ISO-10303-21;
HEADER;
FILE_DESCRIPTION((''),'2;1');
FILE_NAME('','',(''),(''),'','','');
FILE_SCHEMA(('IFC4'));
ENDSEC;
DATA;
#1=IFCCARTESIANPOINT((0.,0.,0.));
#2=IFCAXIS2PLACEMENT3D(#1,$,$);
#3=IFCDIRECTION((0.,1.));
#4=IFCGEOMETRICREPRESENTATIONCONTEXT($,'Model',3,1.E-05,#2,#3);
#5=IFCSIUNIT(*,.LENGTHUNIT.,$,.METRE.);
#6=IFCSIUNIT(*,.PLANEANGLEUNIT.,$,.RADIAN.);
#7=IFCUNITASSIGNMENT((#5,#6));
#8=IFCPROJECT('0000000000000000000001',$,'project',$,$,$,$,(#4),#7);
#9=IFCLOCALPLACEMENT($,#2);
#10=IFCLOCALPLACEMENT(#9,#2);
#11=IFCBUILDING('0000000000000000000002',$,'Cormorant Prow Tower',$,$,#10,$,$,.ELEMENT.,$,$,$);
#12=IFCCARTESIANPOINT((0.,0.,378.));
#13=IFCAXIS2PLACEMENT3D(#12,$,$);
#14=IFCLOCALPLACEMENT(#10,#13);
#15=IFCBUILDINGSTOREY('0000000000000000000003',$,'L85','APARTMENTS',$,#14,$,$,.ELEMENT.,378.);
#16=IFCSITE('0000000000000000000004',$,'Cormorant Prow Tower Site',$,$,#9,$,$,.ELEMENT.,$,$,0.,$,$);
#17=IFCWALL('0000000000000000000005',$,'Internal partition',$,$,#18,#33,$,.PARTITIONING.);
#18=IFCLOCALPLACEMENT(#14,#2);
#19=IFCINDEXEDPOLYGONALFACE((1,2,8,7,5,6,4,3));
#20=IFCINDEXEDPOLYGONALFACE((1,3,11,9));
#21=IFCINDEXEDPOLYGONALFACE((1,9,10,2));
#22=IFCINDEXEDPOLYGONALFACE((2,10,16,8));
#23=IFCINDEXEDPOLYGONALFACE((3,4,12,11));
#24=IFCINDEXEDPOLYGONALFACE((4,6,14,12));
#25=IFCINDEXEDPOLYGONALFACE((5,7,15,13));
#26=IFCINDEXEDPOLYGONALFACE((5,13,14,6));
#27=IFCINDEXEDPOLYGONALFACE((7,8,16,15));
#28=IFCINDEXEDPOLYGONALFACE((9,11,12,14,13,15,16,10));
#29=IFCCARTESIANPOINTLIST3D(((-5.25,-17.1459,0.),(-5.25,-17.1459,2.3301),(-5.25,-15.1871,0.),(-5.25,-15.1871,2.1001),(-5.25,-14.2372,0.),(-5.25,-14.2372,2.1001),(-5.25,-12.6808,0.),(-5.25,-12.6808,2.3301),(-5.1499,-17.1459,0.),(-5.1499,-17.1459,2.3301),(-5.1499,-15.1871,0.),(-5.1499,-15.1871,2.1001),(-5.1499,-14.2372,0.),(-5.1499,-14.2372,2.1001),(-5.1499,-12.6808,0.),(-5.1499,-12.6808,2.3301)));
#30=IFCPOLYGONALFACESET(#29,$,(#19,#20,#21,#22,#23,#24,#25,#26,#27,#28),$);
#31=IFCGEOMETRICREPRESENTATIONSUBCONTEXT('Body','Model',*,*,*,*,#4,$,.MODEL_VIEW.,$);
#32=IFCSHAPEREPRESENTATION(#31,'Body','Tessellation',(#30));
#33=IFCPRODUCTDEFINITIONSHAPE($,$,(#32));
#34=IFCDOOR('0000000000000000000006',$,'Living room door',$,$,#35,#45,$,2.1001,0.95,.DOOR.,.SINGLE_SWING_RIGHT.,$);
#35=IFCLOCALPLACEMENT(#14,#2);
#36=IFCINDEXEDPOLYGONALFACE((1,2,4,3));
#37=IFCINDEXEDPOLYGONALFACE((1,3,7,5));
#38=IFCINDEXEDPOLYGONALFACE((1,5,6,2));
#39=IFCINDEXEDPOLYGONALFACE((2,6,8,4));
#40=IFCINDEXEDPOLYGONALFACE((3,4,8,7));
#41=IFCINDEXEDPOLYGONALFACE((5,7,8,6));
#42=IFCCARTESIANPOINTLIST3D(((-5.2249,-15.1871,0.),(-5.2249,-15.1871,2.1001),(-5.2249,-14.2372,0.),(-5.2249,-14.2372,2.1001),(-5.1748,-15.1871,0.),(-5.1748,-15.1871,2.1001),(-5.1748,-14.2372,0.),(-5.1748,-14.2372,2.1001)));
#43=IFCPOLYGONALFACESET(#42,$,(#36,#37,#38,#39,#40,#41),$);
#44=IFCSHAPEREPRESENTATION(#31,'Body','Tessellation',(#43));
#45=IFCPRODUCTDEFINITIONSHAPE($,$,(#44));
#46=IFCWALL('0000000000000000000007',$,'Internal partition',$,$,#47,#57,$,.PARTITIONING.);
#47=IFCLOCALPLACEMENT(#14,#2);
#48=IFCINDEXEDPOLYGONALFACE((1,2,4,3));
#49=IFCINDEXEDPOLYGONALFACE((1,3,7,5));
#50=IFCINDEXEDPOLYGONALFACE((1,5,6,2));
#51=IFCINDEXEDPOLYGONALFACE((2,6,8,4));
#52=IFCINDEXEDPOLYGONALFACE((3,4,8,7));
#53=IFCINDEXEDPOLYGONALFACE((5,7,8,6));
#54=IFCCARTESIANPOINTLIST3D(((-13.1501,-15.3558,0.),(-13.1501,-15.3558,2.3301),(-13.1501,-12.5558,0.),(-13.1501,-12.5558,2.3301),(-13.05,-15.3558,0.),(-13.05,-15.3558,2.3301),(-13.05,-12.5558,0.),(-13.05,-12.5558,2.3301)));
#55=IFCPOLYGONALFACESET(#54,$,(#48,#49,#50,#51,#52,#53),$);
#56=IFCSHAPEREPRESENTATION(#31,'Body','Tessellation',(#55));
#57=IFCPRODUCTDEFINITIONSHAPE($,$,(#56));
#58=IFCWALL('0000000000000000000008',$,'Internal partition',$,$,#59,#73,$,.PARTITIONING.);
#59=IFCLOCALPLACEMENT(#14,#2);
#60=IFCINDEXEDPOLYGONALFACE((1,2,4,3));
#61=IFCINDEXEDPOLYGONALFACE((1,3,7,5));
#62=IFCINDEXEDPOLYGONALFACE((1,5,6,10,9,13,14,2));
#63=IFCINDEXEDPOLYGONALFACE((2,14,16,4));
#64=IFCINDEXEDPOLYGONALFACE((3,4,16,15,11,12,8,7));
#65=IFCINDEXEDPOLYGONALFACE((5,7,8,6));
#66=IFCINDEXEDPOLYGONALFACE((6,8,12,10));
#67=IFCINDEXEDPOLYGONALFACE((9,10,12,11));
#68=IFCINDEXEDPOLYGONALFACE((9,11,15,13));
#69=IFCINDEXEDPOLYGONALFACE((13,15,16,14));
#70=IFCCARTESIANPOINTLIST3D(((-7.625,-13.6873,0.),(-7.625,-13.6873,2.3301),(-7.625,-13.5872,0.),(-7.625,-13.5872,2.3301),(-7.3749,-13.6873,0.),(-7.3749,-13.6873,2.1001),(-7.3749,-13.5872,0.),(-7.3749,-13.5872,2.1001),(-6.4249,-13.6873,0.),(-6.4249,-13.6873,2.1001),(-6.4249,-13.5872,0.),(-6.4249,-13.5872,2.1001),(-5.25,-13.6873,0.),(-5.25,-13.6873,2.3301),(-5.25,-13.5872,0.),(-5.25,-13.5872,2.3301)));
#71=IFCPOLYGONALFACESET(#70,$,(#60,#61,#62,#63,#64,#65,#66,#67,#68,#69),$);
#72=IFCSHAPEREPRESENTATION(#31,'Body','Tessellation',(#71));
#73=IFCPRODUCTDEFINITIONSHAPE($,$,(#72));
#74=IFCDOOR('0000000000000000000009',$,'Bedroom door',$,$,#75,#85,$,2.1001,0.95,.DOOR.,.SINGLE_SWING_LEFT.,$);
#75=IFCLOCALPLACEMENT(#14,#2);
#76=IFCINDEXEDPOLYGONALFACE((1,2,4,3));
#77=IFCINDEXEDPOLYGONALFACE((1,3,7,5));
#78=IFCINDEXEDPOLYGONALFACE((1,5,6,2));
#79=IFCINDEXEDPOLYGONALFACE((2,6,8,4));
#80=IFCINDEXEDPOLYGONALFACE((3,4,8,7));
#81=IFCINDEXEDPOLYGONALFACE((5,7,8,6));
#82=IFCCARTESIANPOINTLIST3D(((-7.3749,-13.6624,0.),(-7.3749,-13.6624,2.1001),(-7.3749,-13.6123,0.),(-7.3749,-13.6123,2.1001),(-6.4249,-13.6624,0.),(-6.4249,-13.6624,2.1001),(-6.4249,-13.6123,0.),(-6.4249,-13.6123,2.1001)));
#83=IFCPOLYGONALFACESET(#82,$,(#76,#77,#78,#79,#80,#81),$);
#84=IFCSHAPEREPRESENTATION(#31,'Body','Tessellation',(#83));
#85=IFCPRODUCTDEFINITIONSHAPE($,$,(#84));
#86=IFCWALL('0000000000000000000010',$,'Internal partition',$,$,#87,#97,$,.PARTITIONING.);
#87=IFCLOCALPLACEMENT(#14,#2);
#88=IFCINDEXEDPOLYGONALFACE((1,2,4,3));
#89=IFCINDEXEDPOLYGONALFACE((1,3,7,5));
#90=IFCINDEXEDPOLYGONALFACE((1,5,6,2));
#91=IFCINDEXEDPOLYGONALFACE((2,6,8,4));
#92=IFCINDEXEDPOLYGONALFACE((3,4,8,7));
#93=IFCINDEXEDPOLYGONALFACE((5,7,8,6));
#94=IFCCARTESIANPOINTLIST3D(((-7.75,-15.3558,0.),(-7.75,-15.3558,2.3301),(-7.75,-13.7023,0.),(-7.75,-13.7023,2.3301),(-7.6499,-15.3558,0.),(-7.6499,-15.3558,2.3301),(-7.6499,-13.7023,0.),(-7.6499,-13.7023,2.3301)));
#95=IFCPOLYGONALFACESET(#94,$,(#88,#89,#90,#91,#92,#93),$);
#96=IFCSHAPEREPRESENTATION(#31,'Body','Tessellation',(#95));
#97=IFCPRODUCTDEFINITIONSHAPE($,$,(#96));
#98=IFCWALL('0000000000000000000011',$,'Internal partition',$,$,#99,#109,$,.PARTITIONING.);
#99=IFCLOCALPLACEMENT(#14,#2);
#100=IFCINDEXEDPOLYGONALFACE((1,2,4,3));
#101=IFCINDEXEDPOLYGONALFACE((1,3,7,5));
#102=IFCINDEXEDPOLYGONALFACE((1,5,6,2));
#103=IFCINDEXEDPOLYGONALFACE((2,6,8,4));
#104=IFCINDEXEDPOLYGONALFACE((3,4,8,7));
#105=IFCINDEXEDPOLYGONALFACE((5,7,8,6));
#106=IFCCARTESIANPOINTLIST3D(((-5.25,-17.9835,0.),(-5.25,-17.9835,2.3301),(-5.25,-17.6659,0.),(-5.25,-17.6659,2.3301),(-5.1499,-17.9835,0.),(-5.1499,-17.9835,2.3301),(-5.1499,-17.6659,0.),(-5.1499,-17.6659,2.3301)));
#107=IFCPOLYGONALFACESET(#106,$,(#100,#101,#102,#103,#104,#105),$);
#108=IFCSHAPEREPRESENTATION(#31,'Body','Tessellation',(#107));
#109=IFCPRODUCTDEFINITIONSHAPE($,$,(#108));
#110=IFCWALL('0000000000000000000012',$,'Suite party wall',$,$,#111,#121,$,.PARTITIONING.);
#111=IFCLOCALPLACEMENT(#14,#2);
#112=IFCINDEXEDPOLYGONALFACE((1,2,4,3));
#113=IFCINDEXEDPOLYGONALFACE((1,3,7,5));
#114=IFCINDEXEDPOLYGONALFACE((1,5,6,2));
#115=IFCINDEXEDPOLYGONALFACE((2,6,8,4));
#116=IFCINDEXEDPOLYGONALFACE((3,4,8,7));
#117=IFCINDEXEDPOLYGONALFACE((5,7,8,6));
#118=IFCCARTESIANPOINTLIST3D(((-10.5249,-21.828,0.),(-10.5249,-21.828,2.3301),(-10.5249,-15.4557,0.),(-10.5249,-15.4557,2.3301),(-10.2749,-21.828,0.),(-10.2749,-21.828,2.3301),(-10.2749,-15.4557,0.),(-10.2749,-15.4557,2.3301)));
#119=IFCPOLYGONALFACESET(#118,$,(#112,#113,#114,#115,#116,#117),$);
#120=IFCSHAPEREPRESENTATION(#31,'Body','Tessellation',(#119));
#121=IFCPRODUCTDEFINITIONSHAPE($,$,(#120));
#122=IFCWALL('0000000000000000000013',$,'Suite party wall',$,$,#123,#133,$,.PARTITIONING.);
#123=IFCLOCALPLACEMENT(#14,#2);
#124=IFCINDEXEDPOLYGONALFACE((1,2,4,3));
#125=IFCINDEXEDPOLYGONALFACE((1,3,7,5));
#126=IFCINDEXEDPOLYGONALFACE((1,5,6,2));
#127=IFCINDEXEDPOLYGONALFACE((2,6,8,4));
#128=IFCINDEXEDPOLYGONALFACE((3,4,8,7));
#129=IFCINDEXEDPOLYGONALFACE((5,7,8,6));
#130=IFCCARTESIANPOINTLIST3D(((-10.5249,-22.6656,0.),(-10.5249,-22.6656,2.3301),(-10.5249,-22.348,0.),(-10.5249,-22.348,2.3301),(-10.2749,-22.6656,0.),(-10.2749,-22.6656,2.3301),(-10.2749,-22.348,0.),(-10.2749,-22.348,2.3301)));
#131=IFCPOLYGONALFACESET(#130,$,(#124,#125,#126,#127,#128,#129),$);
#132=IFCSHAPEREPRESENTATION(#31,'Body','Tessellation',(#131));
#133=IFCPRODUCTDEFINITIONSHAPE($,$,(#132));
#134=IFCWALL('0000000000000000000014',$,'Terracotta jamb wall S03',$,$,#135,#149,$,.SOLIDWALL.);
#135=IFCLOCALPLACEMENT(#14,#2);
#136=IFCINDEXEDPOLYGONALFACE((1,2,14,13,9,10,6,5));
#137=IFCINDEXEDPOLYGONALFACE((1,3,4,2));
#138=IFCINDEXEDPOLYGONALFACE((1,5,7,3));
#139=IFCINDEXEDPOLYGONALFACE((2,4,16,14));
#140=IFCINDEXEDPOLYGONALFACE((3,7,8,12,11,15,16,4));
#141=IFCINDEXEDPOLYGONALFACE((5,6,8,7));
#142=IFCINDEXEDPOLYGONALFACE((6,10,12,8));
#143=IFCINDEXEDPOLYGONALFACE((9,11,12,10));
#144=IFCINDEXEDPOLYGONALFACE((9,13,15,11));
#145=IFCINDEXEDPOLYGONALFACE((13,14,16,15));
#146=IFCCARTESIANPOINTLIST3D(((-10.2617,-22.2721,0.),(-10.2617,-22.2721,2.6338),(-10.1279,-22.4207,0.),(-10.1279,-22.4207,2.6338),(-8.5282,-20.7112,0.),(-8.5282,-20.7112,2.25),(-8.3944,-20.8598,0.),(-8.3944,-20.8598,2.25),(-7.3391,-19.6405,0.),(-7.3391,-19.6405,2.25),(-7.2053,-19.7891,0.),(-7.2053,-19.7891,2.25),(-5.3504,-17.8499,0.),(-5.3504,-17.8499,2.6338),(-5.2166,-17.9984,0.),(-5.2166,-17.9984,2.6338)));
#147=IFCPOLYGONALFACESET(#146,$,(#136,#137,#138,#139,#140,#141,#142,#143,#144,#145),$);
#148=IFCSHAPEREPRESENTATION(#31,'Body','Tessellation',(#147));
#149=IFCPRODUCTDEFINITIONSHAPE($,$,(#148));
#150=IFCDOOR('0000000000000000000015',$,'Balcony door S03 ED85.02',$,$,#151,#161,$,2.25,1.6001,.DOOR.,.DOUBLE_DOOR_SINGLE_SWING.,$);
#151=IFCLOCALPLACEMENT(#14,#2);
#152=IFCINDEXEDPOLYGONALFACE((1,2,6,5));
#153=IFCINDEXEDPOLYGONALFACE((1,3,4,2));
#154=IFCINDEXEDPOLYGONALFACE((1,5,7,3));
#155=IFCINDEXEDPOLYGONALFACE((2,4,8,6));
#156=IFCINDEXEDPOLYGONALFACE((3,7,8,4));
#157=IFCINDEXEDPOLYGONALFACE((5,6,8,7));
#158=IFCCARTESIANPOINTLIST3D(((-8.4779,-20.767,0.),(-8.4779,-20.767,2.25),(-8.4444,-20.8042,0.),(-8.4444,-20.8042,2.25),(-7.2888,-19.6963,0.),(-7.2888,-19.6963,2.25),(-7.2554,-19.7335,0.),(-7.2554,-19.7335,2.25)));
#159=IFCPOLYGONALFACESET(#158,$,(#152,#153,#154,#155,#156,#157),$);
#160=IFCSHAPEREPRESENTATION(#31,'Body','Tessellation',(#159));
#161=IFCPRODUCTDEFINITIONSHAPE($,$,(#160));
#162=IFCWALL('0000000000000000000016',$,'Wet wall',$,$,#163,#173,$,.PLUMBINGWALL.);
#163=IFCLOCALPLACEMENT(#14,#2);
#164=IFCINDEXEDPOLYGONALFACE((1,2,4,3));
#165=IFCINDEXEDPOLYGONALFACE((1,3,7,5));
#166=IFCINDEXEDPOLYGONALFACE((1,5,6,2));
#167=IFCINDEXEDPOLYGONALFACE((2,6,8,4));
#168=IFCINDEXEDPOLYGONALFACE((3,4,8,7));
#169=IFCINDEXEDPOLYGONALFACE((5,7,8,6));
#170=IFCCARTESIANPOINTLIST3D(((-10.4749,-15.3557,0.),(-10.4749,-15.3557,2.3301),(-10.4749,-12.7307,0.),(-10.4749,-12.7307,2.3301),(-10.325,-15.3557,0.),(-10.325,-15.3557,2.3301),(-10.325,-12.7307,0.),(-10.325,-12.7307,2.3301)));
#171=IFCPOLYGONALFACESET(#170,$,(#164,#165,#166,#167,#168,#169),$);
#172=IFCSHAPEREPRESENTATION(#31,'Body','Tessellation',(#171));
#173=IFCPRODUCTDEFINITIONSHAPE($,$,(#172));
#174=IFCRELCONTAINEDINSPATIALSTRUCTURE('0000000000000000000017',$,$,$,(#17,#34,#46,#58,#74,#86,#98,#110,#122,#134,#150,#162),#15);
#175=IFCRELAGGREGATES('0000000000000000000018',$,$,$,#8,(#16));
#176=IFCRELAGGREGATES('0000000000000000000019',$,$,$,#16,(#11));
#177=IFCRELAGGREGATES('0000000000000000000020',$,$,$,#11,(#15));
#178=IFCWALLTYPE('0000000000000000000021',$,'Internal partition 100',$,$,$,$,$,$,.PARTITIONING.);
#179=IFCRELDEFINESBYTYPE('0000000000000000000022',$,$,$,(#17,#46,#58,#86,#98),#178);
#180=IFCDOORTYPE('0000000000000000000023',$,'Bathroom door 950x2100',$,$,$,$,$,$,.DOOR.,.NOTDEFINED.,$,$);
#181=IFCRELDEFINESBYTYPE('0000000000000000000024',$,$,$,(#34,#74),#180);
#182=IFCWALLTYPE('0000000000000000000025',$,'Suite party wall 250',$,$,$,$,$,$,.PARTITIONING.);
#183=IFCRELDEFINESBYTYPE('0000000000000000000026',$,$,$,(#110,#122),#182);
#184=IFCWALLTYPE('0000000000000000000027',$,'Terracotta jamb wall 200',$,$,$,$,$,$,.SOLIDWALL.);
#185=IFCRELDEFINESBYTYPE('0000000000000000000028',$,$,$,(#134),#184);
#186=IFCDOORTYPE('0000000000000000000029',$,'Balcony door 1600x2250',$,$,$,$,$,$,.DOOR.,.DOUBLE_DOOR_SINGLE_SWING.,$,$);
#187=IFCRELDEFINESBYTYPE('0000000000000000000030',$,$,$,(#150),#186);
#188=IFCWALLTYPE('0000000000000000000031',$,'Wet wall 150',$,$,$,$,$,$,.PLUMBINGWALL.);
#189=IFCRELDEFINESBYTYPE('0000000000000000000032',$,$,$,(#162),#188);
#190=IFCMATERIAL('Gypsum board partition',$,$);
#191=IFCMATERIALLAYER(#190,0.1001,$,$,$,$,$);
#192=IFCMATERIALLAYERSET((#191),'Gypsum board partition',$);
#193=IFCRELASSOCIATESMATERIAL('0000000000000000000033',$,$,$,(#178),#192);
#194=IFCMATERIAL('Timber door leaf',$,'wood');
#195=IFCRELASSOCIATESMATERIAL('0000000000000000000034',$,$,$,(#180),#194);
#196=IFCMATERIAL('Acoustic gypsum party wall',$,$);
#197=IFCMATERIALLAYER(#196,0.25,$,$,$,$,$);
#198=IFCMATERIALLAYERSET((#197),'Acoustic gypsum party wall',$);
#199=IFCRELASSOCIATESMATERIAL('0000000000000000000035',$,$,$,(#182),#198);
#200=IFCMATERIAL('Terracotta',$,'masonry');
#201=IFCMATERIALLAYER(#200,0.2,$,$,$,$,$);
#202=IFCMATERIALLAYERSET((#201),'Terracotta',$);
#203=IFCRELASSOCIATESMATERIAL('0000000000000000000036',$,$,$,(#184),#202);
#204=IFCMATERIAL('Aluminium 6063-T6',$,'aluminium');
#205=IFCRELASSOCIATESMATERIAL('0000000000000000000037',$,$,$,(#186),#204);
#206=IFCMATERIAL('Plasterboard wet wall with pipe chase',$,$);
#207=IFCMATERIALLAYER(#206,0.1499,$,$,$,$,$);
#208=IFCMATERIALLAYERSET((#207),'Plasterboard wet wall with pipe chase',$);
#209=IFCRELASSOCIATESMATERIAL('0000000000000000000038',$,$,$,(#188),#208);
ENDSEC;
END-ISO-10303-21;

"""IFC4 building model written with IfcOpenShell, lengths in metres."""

from ifc_helpers import new_model, si_unit, direction, frame, frame_2d, origin, place, context, subcontext, project, spatial, rectangle, extrude, material, layer, layer_set, type_object, element, fill, save


model = new_model("IFC4")

# Units and contexts
model_context = context("Model", 3, precision=1e-05, world=origin(), true_north=direction((0.0, 1.0)))
body_context = subcontext(model_context, "Body", "Model", "MODEL_VIEW")
ifc_project = project(units=[si_unit("LENGTHUNIT", "METRE"), si_unit("PLANEANGLEUNIT", "RADIAN")], contexts=[model_context])

# Site, building, storey
site_placement = place(None, origin())
site = spatial("IfcSite", under=ifc_project, at=site_placement, Name="Cormorant Prow Tower Site", CompositionType="ELEMENT", RefElevation=0.0)
building_placement = place(site_placement, origin())
building = spatial("IfcBuilding", under=site, at=building_placement, Name="Cormorant Prow Tower", CompositionType="ELEMENT")
storey_placement = place(building_placement, frame((0.0, 0.0, 378.0)))
storey = spatial("IfcBuildingStorey", under=building, at=storey_placement, Name="L85", Description="APARTMENTS", CompositionType="ELEMENT", Elevation=378.0)

# Wall, opening, door
ifc_material_1 = material(Name="Gypsum board partition")
ifc_layer_1 = layer(ifc_material_1, 0.1001)
ifc_layer_set_1 = layer_set([ifc_layer_1], Name="Gypsum board partition")
wall_type_1 = type_object("IfcWallType", Name="Internal partition 100", PredefinedType="PARTITIONING", material=ifc_layer_set_1)
ifc_material_2 = material(Name="Timber door leaf", Category="wood")
door_type_1 = type_object("IfcDoorType", Name="Bathroom door 950x2100", OperationType="NOTDEFINED", PredefinedType="DOOR", material=ifc_material_2)
wall_1_placement = place(storey_placement, frame((-5.2, -17.1458, 0.0), z_axis=(0.0, 0.0, 1.0), x_axis=(0.0, 1.0, 0.0)))
wall_1 = element("IfcWall", 1, at=wall_1_placement, inside=storey, type_object=wall_type_1, Name="Internal partition", PredefinedType="PARTITIONING", context=body_context, shape_type="SweptSolid", body=[
    extrude(rectangle(XDim=4.4651, YDim=0.1001, at=frame_2d((2.2324, 0.0))), origin(), (0.0, 0.0, 1.0), 2.3301),
])
opening_1_placement = place(wall_1_placement, frame((1.9585, 0.0, 0.0)))
opening_1 = element("IfcOpeningElement", 2, at=opening_1_placement, cuts=wall_1, PredefinedType="OPENING", context=body_context, shape_type="SweptSolid", body=[
    extrude(rectangle(XDim=0.95, YDim=2.1001, at=frame_2d((0.4751, 1.05))), frame((0.0, 0.0601, 0.0), z_axis=(0.0, -1.0, 0.0), x_axis=(1.0, 0.0, 0.0)), (0.0, 0.0, 1.0), 0.1201),
])
door_1_placement = place(opening_1_placement, origin())
door_1 = element("IfcDoor", 3, at=door_1_placement, inside=storey, type_object=door_type_1, Name="Living room door", OperationType="SINGLE_SWING_RIGHT", OverallHeight=2.1001, OverallWidth=0.95, PredefinedType="DOOR", context=body_context, shape_type="SweptSolid", body=[
    extrude(rectangle(XDim=0.95, YDim=2.1001, at=frame_2d((0.4751, 1.05))), frame((0.0, 0.0249, 0.0), z_axis=(0.0, -1.0, 0.0), x_axis=(1.0, 0.0, 0.0)), (0.0, 0.0, 1.0), 0.05),
])
fill(opening_1, door_1)

# Wall
wall_2_placement = place(storey_placement, frame((-13.1001, -15.3557, 0.0), z_axis=(0.0, 0.0, 1.0), x_axis=(0.0, 1.0, 0.0)))
element("IfcWall", 4, at=wall_2_placement, inside=storey, type_object=wall_type_1, Name="Internal partition", PredefinedType="PARTITIONING", context=body_context, shape_type="SweptSolid", body=[
    extrude(rectangle(XDim=2.8, YDim=0.1001, at=frame_2d((1.3999, 0.0))), origin(), (0.0, 0.0, 1.0), 2.3301),
])

# Wall, opening, door
wall_3_placement = place(storey_placement, frame((-7.625, -13.6372, 0.0), z_axis=(0.0, 0.0, 1.0), x_axis=(1.0, 0.0, 0.0)))
wall_3 = element("IfcWall", 5, at=wall_3_placement, inside=storey, type_object=wall_type_1, Name="Internal partition", PredefinedType="PARTITIONING", context=body_context, shape_type="SweptSolid", body=[
    extrude(rectangle(XDim=2.375, YDim=0.1001, at=frame_2d((1.1875, 0.0))), origin(), (0.0, 0.0, 1.0), 2.3301),
])
opening_2_placement = place(wall_3_placement, frame((0.25, 0.0, 0.0)))
opening_2 = element("IfcOpeningElement", 6, at=opening_2_placement, cuts=wall_3, PredefinedType="OPENING", context=body_context, shape_type="SweptSolid", body=[
    extrude(rectangle(XDim=0.95, YDim=2.1001, at=frame_2d((0.4751, 1.05))), frame((0.0, 0.0601, 0.0), z_axis=(0.0, -1.0, 0.0), x_axis=(1.0, 0.0, 0.0)), (0.0, 0.0, 1.0), 0.1201),
])
door_2_placement = place(opening_2_placement, origin())
door_2 = element("IfcDoor", 7, at=door_2_placement, inside=storey, type_object=door_type_1, Name="Bedroom door", OperationType="SINGLE_SWING_LEFT", OverallHeight=2.1001, OverallWidth=0.95, PredefinedType="DOOR", context=body_context, shape_type="SweptSolid", body=[
    extrude(rectangle(XDim=0.95, YDim=2.1001, at=frame_2d((0.4751, 1.05))), frame((0.0, 0.0249, 0.0), z_axis=(0.0, -1.0, 0.0), x_axis=(1.0, 0.0, 0.0)), (0.0, 0.0, 1.0), 0.05),
])
fill(opening_2, door_2)

# Walls
wall_4_placement = place(storey_placement, frame((-7.7, -15.3557, 0.0), z_axis=(0.0, 0.0, 1.0), x_axis=(0.0, 1.0, 0.0)))
element("IfcWall", 8, at=wall_4_placement, inside=storey, type_object=wall_type_1, Name="Internal partition", PredefinedType="PARTITIONING", context=body_context, shape_type="SweptSolid", body=[
    extrude(rectangle(XDim=1.6536, YDim=0.1001, at=frame_2d((0.8267, 0.0))), origin(), (0.0, 0.0, 1.0), 2.3301),
])
wall_5_placement = place(storey_placement, frame((-5.2, -17.9834, 0.0), z_axis=(0.0, 0.0, 1.0), x_axis=(0.0, 1.0, 0.0)))
element("IfcWall", 9, at=wall_5_placement, inside=storey, type_object=wall_type_1, Name="Internal partition", PredefinedType="PARTITIONING", context=body_context, shape_type="SweptSolid", body=[
    extrude(rectangle(XDim=0.3176, YDim=0.1001, at=frame_2d((0.1587, 0.0))), origin(), (0.0, 0.0, 1.0), 2.3301),
])
ifc_material_3 = material(Name="Acoustic gypsum party wall")
ifc_layer_2 = layer(ifc_material_3, 0.25)
ifc_layer_set_2 = layer_set([ifc_layer_2], Name="Acoustic gypsum party wall")
wall_type_2 = type_object("IfcWallType", Name="Suite party wall 250", PredefinedType="PARTITIONING", material=ifc_layer_set_2)
wall_6_placement = place(storey_placement, frame((-10.3999, -21.8279, 0.0), z_axis=(0.0, 0.0, 1.0), x_axis=(0.0, 1.0, 0.0)))
element("IfcWall", 10, at=wall_6_placement, inside=storey, type_object=wall_type_2, Name="Suite party wall", PredefinedType="PARTITIONING", context=body_context, shape_type="SweptSolid", body=[
    extrude(rectangle(XDim=6.3723, YDim=0.25, at=frame_2d((3.186, 0.0))), origin(), (0.0, 0.0, 1.0), 2.3301),
])
wall_7_placement = place(storey_placement, frame((-10.3999, -22.6655, 0.0), z_axis=(0.0, 0.0, 1.0), x_axis=(0.0, 1.0, 0.0)))
element("IfcWall", 11, at=wall_7_placement, inside=storey, type_object=wall_type_2, Name="Suite party wall", PredefinedType="PARTITIONING", context=body_context, shape_type="SweptSolid", body=[
    extrude(rectangle(XDim=0.3176, YDim=0.25, at=frame_2d((0.1587, 0.0))), origin(), (0.0, 0.0, 1.0), 2.3301),
])

# Wall, opening, door
ifc_material_4 = material(Name="Terracotta", Category="masonry")
ifc_layer_3 = layer(ifc_material_4, 0.2)
ifc_layer_set_3 = layer_set([ifc_layer_3], Name="Terracotta")
wall_type_3 = type_object("IfcWallType", Name="Terracotta jamb wall 200", PredefinedType="SOLIDWALL", material=ifc_layer_set_3)
wall_8_placement = place(storey_placement, frame((-10.1948, -22.3464, 0.0), z_axis=(0.0, 0.0, 1.0), x_axis=(0.743134, 0.669142, 0.0)))
wall_8 = element("IfcWall", 12, at=wall_8_placement, inside=storey, type_object=wall_type_3, Name="Terracotta jamb wall S03", PredefinedType="SOLIDWALL", context=body_context, shape_type="SweptSolid", body=[
    extrude(rectangle(XDim=6.6089, YDim=0.2, at=frame_2d((3.3044, 0.0))), origin(), (0.0, 0.0, 1.0), 2.6338),
])
opening_3_placement = place(wall_8_placement, frame((2.3328, 0.0, 0.0)))
opening_3 = element("IfcOpeningElement", 13, at=opening_3_placement, cuts=wall_8, PredefinedType="OPENING", context=body_context, shape_type="SweptSolid", body=[
    extrude(rectangle(XDim=1.6001, YDim=2.25, at=frame_2d((0.8, 1.125))), frame((0.0, 0.1099, 0.0), z_axis=(0.0, -1.0, 0.0), x_axis=(1.0, 0.0, 0.0)), (0.0, 0.0, 1.0), 0.22),
])
ifc_material_5 = material(Name="Aluminium 6063-T6", Category="aluminium")
door_type_2 = type_object("IfcDoorType", Name="Balcony door 1600x2250", OperationType="DOUBLE_DOOR_SINGLE_SWING", PredefinedType="DOOR", material=ifc_material_5)
door_3_placement = place(opening_3_placement, origin())
door_3 = element("IfcDoor", 14, at=door_3_placement, inside=storey, type_object=door_type_2, Name="Balcony door S03 ED85.02", OperationType="DOUBLE_DOOR_SINGLE_SWING", OverallHeight=2.25, OverallWidth=1.6001, PredefinedType="DOOR", context=body_context, shape_type="SweptSolid", body=[
    extrude(rectangle(XDim=1.6001, YDim=2.25, at=frame_2d((0.8, 1.125))), frame((0.0, 0.0249, 0.0), z_axis=(0.0, -1.0, 0.0), x_axis=(1.0, 0.0, 0.0)), (0.0, 0.0, 1.0), 0.05),
])
fill(opening_3, door_3)

# Wall
ifc_material_6 = material(Name="Plasterboard wet wall with pipe chase")
ifc_layer_4 = layer(ifc_material_6, 0.1499)
ifc_layer_set_4 = layer_set([ifc_layer_4], Name="Plasterboard wet wall with pipe chase")
wall_type_4 = type_object("IfcWallType", Name="Wet wall 150", PredefinedType="PLUMBINGWALL", material=ifc_layer_set_4)
wall_9_placement = place(storey_placement, frame((-10.3999, -15.3557, 0.0), z_axis=(0.0, 0.0, 1.0), x_axis=(0.0, 1.0, 0.0)))
element("IfcWall", 15, at=wall_9_placement, inside=storey, type_object=wall_type_4, Name="Wet wall", PredefinedType="PLUMBINGWALL", context=body_context, shape_type="SweptSolid", body=[
    extrude(rectangle(XDim=2.625, YDim=0.1499, at=frame_2d((1.3125, 0.0))), origin(), (0.0, 0.0, 1.0), 2.3301),
])

save(model, "model.ifc")
